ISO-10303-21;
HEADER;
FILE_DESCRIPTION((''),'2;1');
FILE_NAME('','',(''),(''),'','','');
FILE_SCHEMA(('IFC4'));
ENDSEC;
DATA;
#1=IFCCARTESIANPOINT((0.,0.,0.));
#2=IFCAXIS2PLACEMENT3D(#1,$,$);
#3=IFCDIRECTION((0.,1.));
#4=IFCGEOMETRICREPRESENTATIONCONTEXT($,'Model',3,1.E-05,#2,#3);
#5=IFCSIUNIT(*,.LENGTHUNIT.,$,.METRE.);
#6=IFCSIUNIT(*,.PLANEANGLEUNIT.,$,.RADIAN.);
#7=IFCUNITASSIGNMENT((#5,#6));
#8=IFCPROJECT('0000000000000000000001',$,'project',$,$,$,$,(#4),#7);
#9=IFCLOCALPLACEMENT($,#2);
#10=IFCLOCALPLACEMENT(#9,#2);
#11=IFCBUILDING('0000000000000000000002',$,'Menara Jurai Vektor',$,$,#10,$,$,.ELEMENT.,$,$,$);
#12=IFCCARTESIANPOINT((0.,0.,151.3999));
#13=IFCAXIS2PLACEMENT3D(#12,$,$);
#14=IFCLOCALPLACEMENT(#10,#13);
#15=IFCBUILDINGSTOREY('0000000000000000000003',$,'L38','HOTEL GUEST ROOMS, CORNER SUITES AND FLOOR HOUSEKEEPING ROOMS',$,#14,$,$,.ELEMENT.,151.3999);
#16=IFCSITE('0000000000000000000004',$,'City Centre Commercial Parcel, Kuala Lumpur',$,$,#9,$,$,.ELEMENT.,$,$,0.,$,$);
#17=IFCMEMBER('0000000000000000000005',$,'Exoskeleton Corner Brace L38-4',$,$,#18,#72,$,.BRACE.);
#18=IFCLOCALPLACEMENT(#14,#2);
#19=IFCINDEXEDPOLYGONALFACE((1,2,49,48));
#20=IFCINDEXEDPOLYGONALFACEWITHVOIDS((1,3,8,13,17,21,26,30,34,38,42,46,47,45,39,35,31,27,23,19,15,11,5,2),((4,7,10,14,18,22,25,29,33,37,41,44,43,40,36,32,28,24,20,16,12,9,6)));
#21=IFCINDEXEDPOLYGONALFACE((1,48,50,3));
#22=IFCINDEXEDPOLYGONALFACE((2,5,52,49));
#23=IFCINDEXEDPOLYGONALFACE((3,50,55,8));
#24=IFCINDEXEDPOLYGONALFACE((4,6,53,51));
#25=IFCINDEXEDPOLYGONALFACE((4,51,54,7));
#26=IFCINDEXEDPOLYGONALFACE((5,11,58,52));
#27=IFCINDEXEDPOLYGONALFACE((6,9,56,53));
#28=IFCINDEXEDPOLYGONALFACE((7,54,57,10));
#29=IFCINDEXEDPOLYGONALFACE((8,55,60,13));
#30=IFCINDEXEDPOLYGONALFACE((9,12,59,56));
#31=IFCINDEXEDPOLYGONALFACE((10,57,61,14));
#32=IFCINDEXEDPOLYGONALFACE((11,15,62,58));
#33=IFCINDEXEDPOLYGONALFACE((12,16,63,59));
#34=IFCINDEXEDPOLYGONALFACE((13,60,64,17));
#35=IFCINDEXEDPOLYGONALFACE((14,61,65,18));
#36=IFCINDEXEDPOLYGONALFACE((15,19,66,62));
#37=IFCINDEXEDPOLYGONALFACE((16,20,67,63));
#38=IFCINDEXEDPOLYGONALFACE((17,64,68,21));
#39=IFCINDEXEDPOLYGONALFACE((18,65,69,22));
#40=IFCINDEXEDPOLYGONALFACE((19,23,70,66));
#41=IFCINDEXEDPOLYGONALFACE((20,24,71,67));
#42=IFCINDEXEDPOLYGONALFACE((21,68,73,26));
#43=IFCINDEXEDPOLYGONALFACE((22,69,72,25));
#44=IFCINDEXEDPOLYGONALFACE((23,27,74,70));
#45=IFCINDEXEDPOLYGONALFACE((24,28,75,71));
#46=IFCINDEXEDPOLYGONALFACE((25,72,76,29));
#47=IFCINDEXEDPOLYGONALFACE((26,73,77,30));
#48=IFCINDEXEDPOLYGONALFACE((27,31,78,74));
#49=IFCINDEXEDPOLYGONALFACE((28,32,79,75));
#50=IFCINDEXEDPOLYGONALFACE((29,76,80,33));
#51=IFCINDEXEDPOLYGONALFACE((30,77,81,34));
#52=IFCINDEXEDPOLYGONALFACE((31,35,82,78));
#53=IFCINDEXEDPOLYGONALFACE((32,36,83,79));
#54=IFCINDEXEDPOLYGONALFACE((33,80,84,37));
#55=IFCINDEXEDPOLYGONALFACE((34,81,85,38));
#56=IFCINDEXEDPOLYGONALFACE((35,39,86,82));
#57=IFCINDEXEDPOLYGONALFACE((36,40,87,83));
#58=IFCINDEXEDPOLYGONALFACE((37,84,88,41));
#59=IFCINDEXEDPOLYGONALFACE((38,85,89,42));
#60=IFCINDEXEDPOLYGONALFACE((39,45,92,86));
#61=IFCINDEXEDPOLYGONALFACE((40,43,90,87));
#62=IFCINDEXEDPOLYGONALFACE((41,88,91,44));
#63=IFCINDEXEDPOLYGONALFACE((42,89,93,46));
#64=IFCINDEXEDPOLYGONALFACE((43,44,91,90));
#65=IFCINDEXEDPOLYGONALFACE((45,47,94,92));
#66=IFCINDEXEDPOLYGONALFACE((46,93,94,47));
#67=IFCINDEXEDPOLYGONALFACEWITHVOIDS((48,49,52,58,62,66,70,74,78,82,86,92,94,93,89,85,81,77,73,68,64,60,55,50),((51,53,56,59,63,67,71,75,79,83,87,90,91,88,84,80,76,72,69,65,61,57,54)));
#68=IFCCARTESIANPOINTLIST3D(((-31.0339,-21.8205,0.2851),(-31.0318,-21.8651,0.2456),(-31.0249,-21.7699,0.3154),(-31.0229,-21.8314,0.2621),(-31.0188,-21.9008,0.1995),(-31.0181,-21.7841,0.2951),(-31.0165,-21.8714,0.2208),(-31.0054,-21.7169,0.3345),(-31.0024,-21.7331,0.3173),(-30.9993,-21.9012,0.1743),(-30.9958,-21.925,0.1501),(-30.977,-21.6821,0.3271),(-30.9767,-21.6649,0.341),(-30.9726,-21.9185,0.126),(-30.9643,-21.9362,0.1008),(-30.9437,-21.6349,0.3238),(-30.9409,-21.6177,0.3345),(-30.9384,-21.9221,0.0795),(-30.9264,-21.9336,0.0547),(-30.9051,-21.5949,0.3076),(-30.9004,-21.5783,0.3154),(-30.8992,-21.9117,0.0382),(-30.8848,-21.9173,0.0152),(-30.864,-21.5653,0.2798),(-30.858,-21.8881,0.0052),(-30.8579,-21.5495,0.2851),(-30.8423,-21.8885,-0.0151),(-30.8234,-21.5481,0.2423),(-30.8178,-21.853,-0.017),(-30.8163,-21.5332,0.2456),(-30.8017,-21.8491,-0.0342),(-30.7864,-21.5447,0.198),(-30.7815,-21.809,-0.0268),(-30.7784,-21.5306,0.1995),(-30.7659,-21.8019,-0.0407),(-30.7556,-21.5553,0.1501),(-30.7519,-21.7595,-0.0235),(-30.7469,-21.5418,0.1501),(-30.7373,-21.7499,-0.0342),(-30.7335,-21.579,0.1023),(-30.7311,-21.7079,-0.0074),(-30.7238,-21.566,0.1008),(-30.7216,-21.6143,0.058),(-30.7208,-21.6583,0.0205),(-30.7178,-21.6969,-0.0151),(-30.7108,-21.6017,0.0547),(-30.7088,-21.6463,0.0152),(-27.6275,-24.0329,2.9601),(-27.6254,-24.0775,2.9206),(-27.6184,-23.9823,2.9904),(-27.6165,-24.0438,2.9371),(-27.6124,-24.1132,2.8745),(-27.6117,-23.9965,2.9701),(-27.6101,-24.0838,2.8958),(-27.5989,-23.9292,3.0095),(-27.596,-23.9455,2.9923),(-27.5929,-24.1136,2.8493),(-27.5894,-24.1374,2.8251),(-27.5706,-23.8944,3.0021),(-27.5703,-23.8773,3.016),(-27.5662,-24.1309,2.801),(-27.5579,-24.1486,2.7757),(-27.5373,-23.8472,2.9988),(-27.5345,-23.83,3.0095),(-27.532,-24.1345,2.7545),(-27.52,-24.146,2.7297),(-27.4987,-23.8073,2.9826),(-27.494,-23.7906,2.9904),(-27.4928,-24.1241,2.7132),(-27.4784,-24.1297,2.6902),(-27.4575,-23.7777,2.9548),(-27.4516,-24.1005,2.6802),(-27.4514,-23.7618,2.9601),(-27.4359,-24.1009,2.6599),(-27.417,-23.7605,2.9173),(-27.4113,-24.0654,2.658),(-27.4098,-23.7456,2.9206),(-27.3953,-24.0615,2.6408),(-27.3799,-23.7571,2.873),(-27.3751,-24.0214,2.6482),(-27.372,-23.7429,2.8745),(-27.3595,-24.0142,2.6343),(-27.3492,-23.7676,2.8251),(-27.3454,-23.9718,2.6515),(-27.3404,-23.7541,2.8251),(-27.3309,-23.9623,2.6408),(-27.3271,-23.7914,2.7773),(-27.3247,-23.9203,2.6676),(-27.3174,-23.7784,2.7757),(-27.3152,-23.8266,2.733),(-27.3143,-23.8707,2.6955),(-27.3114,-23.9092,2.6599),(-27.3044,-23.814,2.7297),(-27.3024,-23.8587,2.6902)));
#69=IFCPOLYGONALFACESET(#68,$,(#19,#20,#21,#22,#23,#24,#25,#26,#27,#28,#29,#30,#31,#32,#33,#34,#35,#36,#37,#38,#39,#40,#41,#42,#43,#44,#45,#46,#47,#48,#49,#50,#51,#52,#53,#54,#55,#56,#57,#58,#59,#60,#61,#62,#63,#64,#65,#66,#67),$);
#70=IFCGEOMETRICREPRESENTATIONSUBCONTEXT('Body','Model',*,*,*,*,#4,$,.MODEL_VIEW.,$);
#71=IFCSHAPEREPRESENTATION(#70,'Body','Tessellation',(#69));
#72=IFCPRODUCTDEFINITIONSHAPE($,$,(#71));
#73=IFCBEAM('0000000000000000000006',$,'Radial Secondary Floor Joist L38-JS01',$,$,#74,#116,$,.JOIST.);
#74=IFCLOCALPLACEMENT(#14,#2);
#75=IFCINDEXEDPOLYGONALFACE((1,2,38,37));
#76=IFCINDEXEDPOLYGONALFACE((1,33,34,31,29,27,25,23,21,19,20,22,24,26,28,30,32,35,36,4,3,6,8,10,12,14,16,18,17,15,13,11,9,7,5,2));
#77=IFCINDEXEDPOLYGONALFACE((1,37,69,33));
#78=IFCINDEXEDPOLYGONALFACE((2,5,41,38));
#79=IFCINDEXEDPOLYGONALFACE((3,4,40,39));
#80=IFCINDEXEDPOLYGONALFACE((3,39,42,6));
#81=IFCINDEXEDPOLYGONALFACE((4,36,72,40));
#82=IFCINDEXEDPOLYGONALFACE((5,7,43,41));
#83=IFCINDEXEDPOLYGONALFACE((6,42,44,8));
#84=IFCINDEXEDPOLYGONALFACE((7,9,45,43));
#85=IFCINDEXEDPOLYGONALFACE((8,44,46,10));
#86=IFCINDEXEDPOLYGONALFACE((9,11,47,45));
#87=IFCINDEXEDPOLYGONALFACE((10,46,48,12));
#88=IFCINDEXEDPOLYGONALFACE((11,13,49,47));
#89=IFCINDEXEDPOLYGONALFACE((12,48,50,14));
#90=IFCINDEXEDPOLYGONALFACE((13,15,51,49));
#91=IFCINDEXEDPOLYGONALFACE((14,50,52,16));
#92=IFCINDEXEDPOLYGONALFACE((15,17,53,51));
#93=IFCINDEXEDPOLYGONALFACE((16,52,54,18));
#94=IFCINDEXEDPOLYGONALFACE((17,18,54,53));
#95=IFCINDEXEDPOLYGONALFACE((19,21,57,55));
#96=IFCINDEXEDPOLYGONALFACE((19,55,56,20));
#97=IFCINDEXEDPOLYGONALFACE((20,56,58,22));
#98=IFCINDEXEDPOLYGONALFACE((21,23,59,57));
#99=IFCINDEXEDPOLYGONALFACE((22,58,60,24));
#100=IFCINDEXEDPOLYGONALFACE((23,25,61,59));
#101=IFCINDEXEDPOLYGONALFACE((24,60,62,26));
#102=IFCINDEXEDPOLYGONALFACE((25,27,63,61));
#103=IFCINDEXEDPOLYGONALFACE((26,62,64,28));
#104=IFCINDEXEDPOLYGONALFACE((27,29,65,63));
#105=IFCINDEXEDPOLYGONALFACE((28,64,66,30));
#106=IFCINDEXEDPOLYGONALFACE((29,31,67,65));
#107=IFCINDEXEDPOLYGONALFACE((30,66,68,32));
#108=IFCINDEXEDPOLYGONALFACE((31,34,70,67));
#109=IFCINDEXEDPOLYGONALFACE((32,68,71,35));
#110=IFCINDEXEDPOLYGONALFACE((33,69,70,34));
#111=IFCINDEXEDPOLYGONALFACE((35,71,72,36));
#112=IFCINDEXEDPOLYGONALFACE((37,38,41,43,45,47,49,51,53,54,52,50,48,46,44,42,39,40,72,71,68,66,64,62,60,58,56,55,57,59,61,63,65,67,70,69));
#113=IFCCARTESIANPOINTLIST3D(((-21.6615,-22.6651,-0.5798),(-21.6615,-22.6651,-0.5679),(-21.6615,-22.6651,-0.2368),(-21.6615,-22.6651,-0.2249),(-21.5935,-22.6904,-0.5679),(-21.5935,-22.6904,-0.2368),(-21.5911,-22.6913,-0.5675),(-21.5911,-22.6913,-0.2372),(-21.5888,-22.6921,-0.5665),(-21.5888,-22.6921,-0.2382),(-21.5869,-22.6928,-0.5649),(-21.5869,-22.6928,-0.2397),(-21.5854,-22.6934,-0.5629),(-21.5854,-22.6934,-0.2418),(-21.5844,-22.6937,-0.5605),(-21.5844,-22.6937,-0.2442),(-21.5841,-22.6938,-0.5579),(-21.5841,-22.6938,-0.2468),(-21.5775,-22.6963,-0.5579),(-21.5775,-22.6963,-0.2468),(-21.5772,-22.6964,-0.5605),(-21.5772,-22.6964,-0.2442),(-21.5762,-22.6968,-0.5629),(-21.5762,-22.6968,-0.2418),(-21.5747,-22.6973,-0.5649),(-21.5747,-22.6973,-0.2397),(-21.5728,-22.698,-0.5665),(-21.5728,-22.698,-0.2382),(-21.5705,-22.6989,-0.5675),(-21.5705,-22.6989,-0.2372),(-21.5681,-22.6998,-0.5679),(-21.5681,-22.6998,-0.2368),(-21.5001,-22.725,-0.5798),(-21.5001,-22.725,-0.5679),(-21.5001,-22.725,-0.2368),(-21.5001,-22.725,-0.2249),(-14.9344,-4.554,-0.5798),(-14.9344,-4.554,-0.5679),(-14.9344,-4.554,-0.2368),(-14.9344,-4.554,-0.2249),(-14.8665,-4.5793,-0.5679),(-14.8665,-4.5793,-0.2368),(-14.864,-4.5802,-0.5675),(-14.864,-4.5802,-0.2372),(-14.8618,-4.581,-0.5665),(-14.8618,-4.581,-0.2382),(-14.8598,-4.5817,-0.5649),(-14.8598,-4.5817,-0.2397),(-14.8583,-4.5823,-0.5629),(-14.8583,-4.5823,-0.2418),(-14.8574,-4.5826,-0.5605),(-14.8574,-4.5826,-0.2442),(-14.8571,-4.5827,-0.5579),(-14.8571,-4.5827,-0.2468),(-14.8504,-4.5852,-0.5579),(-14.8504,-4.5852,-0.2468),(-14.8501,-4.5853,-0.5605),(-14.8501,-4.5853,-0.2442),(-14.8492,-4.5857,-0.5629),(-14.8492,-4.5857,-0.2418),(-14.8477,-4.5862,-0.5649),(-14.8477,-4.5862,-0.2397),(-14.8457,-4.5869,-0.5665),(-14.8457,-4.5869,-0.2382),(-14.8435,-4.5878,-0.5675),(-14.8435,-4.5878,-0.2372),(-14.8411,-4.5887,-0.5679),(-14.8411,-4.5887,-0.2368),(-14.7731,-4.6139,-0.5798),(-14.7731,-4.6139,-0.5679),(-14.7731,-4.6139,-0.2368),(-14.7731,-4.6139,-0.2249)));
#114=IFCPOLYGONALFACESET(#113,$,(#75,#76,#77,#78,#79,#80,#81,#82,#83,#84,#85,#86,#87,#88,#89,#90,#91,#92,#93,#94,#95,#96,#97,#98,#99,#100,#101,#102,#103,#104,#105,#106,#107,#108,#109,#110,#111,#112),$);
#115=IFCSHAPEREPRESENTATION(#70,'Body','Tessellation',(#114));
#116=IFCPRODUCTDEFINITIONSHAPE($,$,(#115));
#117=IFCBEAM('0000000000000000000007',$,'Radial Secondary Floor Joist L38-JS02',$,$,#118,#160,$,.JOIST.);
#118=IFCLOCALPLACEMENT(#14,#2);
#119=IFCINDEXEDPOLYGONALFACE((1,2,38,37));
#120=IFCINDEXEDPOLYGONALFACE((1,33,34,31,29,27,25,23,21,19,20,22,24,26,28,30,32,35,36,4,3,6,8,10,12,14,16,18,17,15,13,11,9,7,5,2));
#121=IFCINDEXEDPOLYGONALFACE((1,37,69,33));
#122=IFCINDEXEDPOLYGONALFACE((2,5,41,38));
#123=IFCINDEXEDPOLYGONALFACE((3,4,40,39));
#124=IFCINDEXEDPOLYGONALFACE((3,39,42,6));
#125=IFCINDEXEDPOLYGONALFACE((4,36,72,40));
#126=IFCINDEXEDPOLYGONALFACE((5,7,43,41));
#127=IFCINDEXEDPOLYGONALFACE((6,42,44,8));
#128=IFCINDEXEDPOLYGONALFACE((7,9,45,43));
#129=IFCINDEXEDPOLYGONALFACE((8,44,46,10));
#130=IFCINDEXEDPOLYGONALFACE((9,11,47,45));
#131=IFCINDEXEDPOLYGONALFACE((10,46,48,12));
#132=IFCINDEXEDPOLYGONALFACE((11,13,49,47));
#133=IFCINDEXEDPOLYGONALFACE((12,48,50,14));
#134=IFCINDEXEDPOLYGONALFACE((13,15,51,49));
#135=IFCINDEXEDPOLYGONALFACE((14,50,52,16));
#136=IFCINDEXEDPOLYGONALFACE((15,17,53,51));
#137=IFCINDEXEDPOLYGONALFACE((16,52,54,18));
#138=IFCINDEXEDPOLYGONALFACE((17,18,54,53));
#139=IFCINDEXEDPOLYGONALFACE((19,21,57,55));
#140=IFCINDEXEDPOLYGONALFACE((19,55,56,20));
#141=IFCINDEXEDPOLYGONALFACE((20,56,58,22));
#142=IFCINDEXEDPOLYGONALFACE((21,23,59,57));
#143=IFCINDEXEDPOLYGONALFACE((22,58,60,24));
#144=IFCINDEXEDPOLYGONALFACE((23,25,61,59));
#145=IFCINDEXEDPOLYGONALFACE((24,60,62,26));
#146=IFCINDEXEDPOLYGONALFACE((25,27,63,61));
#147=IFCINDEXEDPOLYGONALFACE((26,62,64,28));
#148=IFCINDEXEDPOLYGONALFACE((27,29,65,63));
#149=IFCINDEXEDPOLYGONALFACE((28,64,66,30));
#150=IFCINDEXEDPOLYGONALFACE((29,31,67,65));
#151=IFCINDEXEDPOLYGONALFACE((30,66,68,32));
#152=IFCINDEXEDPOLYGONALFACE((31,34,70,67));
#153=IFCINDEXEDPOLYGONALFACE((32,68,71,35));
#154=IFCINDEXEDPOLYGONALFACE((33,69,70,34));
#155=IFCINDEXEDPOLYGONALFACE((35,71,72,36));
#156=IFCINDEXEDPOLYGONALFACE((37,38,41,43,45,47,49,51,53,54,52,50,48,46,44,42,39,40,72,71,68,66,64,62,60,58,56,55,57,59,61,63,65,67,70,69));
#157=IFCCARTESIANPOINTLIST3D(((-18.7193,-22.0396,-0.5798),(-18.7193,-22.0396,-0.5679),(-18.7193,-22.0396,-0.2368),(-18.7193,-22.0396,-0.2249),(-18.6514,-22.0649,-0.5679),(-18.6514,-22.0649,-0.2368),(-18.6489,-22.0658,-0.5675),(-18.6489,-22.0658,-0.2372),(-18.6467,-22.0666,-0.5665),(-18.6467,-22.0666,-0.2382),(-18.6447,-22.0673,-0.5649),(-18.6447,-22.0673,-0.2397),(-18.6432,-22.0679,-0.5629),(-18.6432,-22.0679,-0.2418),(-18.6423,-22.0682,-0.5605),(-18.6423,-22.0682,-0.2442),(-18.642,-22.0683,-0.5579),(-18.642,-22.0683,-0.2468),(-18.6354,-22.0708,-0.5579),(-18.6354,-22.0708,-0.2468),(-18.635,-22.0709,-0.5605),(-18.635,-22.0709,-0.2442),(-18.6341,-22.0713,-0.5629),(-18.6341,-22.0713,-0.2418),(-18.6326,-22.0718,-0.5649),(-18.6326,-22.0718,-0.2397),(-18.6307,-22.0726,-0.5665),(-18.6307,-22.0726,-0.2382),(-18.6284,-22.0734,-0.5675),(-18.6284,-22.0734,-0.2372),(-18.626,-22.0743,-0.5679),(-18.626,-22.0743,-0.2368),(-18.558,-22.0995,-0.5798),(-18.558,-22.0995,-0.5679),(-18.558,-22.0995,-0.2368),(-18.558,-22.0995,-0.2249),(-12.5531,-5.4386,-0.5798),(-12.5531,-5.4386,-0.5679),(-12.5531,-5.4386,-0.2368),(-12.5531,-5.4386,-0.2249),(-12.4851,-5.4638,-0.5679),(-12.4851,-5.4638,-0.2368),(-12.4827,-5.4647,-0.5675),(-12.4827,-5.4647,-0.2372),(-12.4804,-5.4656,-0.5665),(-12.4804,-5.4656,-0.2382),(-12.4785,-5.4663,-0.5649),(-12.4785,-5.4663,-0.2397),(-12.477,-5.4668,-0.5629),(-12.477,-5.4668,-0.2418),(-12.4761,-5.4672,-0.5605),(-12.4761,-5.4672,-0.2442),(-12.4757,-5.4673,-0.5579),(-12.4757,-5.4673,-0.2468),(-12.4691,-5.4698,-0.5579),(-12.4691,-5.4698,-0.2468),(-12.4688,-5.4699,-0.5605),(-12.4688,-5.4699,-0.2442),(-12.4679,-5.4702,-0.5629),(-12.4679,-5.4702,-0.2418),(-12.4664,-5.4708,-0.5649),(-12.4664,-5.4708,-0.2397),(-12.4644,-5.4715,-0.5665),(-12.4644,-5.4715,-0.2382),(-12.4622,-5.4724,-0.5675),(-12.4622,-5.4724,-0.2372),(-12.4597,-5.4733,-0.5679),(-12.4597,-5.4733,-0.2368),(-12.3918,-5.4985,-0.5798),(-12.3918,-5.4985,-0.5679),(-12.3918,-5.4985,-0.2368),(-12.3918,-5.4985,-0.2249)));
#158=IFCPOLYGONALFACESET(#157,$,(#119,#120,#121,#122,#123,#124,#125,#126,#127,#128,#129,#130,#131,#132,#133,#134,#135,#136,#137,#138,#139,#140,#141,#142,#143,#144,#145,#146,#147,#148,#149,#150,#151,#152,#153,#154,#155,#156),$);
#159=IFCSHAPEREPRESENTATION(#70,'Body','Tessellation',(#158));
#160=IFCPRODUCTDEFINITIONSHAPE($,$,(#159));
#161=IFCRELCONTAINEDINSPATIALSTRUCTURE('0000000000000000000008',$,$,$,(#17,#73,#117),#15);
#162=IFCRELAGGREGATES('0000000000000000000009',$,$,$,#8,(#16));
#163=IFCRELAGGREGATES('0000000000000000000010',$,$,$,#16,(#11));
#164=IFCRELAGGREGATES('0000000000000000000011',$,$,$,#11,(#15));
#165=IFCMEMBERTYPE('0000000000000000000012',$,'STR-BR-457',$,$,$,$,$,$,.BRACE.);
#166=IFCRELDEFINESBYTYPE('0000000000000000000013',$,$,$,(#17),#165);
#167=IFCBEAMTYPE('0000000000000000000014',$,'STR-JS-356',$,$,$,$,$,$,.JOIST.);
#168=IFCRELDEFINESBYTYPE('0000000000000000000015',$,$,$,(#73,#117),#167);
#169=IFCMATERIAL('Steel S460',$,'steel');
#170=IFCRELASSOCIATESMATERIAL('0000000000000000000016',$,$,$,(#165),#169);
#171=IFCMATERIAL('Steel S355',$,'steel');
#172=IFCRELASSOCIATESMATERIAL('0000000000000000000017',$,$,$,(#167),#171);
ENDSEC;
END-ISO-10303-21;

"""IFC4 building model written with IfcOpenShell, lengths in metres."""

from ifc_helpers import new_model, si_unit, direction, frame, origin, origin_2d, place, context, subcontext, project, spatial, hollow_circle, i_section, extrude, material, material_profile, profile_set, type_object, element, save


model = new_model("IFC4")

# Units and contexts
model_context = context("Model", 3, precision=1e-05, world=origin(), true_north=direction((0.0, 1.0)))
body_context = subcontext(model_context, "Body", "Model", "MODEL_VIEW")
ifc_project = project(units=[si_unit("LENGTHUNIT", "METRE"), si_unit("PLANEANGLEUNIT", "RADIAN")], contexts=[model_context])

# Site, building, storey
site_placement = place(None, origin())
site = spatial("IfcSite", under=ifc_project, at=site_placement, Name="City Centre Commercial Parcel, Kuala Lumpur", CompositionType="ELEMENT", RefElevation=0.0)
building_placement = place(site_placement, origin())
building = spatial("IfcBuilding", under=site, at=building_placement, Name="Menara Jurai Vektor", CompositionType="ELEMENT")
storey_placement = place(building_placement, frame((0.0, 0.0, 151.3999)))
storey = spatial("IfcBuildingStorey", under=building, at=storey_placement, Name="L38", Description="HOTEL GUEST ROOMS, CORNER SUITES AND FLOOR HOUSEKEEPING ROOMS", CompositionType="ELEMENT", Elevation=151.3999)

# Shared definitions
ifc_material_1 = material(Name="Steel S460", Category="steel")

# Shared definitions
ifc_material_2 = material(Name="Steel S355", Category="steel")

# Member
ifc_material_profile_1 = material_profile(ifc_material_1, hollow_circle(Radius=0.2285, WallThickness=0.0161, at=origin_2d()), Name="CHS 457x16")
ifc_profile_set_1 = profile_set([ifc_material_profile_1], Name="Steel S460")
member_type_1 = type_object("IfcMemberType", Name="STR-BR-457", PredefinedType="BRACE", material=ifc_profile_set_1)
member_1_placement = place(storey_placement, frame((-30.8713, -21.7334, 0.1501), z_axis=(0.700403, -0.454888, 0.550012), x_axis=(0.544674, 0.838648, 0.0)))
element("IfcMember", 1, at=member_1_placement, inside=storey, type_object=member_type_1, Name="Exoskeleton Corner Brace L38-4", PredefinedType="BRACE", context=body_context, shape_type="SweptSolid", body=[
    extrude(hollow_circle(Radius=0.2285, WallThickness=0.0161, at=origin_2d()), origin(), (0.0, 0.0, 1.0), 4.8635),
])

# Beams
ifc_material_profile_2 = material_profile(ifc_material_2, i_section(OverallWidth=0.1721, OverallDepth=0.355, WebThickness=0.0071, FlangeThickness=0.012, FilletRadius=0.01, at=origin_2d()), Name="UKB 356x171x51")
ifc_profile_set_2 = profile_set([ifc_material_profile_2], Name="Steel S355")
beam_type_1 = type_object("IfcBeamType", Name="STR-JS-356", PredefinedType="JOIST", material=ifc_profile_set_2)
beam_1_placement = place(storey_placement, frame((-21.5808, -22.6951, -0.4023), z_axis=(0.34819, 0.937424, 0.0), x_axis=(-0.937424, 0.34819, 0.0)))
element("IfcBeam", 2, at=beam_1_placement, inside=storey, type_object=beam_type_1, Name="Radial Secondary Floor Joist L38-JS01", PredefinedType="JOIST", context=body_context, shape_type="SweptSolid", body=[
    extrude(i_section(OverallWidth=0.1721, OverallDepth=0.355, WebThickness=0.0071, FlangeThickness=0.012, FilletRadius=0.01, at=origin_2d()), origin(), (0.0, 0.0, 1.0), 19.3201),
])
beam_2_placement = place(storey_placement, frame((-18.6387, -22.0696, -0.4023), z_axis=(0.348194, 0.937423, 0.0), x_axis=(-0.937423, 0.348194, 0.0)))
element("IfcBeam", 3, at=beam_2_placement, inside=storey, type_object=beam_type_1, Name="Radial Secondary Floor Joist L38-JS02", PredefinedType="JOIST", context=body_context, shape_type="SweptSolid", body=[
    extrude(i_section(OverallWidth=0.1721, OverallDepth=0.355, WebThickness=0.0071, FlangeThickness=0.012, FilletRadius=0.01, at=origin_2d()), origin(), (0.0, 0.0, 1.0), 17.7092),
])

save(model, "model.ifc")
